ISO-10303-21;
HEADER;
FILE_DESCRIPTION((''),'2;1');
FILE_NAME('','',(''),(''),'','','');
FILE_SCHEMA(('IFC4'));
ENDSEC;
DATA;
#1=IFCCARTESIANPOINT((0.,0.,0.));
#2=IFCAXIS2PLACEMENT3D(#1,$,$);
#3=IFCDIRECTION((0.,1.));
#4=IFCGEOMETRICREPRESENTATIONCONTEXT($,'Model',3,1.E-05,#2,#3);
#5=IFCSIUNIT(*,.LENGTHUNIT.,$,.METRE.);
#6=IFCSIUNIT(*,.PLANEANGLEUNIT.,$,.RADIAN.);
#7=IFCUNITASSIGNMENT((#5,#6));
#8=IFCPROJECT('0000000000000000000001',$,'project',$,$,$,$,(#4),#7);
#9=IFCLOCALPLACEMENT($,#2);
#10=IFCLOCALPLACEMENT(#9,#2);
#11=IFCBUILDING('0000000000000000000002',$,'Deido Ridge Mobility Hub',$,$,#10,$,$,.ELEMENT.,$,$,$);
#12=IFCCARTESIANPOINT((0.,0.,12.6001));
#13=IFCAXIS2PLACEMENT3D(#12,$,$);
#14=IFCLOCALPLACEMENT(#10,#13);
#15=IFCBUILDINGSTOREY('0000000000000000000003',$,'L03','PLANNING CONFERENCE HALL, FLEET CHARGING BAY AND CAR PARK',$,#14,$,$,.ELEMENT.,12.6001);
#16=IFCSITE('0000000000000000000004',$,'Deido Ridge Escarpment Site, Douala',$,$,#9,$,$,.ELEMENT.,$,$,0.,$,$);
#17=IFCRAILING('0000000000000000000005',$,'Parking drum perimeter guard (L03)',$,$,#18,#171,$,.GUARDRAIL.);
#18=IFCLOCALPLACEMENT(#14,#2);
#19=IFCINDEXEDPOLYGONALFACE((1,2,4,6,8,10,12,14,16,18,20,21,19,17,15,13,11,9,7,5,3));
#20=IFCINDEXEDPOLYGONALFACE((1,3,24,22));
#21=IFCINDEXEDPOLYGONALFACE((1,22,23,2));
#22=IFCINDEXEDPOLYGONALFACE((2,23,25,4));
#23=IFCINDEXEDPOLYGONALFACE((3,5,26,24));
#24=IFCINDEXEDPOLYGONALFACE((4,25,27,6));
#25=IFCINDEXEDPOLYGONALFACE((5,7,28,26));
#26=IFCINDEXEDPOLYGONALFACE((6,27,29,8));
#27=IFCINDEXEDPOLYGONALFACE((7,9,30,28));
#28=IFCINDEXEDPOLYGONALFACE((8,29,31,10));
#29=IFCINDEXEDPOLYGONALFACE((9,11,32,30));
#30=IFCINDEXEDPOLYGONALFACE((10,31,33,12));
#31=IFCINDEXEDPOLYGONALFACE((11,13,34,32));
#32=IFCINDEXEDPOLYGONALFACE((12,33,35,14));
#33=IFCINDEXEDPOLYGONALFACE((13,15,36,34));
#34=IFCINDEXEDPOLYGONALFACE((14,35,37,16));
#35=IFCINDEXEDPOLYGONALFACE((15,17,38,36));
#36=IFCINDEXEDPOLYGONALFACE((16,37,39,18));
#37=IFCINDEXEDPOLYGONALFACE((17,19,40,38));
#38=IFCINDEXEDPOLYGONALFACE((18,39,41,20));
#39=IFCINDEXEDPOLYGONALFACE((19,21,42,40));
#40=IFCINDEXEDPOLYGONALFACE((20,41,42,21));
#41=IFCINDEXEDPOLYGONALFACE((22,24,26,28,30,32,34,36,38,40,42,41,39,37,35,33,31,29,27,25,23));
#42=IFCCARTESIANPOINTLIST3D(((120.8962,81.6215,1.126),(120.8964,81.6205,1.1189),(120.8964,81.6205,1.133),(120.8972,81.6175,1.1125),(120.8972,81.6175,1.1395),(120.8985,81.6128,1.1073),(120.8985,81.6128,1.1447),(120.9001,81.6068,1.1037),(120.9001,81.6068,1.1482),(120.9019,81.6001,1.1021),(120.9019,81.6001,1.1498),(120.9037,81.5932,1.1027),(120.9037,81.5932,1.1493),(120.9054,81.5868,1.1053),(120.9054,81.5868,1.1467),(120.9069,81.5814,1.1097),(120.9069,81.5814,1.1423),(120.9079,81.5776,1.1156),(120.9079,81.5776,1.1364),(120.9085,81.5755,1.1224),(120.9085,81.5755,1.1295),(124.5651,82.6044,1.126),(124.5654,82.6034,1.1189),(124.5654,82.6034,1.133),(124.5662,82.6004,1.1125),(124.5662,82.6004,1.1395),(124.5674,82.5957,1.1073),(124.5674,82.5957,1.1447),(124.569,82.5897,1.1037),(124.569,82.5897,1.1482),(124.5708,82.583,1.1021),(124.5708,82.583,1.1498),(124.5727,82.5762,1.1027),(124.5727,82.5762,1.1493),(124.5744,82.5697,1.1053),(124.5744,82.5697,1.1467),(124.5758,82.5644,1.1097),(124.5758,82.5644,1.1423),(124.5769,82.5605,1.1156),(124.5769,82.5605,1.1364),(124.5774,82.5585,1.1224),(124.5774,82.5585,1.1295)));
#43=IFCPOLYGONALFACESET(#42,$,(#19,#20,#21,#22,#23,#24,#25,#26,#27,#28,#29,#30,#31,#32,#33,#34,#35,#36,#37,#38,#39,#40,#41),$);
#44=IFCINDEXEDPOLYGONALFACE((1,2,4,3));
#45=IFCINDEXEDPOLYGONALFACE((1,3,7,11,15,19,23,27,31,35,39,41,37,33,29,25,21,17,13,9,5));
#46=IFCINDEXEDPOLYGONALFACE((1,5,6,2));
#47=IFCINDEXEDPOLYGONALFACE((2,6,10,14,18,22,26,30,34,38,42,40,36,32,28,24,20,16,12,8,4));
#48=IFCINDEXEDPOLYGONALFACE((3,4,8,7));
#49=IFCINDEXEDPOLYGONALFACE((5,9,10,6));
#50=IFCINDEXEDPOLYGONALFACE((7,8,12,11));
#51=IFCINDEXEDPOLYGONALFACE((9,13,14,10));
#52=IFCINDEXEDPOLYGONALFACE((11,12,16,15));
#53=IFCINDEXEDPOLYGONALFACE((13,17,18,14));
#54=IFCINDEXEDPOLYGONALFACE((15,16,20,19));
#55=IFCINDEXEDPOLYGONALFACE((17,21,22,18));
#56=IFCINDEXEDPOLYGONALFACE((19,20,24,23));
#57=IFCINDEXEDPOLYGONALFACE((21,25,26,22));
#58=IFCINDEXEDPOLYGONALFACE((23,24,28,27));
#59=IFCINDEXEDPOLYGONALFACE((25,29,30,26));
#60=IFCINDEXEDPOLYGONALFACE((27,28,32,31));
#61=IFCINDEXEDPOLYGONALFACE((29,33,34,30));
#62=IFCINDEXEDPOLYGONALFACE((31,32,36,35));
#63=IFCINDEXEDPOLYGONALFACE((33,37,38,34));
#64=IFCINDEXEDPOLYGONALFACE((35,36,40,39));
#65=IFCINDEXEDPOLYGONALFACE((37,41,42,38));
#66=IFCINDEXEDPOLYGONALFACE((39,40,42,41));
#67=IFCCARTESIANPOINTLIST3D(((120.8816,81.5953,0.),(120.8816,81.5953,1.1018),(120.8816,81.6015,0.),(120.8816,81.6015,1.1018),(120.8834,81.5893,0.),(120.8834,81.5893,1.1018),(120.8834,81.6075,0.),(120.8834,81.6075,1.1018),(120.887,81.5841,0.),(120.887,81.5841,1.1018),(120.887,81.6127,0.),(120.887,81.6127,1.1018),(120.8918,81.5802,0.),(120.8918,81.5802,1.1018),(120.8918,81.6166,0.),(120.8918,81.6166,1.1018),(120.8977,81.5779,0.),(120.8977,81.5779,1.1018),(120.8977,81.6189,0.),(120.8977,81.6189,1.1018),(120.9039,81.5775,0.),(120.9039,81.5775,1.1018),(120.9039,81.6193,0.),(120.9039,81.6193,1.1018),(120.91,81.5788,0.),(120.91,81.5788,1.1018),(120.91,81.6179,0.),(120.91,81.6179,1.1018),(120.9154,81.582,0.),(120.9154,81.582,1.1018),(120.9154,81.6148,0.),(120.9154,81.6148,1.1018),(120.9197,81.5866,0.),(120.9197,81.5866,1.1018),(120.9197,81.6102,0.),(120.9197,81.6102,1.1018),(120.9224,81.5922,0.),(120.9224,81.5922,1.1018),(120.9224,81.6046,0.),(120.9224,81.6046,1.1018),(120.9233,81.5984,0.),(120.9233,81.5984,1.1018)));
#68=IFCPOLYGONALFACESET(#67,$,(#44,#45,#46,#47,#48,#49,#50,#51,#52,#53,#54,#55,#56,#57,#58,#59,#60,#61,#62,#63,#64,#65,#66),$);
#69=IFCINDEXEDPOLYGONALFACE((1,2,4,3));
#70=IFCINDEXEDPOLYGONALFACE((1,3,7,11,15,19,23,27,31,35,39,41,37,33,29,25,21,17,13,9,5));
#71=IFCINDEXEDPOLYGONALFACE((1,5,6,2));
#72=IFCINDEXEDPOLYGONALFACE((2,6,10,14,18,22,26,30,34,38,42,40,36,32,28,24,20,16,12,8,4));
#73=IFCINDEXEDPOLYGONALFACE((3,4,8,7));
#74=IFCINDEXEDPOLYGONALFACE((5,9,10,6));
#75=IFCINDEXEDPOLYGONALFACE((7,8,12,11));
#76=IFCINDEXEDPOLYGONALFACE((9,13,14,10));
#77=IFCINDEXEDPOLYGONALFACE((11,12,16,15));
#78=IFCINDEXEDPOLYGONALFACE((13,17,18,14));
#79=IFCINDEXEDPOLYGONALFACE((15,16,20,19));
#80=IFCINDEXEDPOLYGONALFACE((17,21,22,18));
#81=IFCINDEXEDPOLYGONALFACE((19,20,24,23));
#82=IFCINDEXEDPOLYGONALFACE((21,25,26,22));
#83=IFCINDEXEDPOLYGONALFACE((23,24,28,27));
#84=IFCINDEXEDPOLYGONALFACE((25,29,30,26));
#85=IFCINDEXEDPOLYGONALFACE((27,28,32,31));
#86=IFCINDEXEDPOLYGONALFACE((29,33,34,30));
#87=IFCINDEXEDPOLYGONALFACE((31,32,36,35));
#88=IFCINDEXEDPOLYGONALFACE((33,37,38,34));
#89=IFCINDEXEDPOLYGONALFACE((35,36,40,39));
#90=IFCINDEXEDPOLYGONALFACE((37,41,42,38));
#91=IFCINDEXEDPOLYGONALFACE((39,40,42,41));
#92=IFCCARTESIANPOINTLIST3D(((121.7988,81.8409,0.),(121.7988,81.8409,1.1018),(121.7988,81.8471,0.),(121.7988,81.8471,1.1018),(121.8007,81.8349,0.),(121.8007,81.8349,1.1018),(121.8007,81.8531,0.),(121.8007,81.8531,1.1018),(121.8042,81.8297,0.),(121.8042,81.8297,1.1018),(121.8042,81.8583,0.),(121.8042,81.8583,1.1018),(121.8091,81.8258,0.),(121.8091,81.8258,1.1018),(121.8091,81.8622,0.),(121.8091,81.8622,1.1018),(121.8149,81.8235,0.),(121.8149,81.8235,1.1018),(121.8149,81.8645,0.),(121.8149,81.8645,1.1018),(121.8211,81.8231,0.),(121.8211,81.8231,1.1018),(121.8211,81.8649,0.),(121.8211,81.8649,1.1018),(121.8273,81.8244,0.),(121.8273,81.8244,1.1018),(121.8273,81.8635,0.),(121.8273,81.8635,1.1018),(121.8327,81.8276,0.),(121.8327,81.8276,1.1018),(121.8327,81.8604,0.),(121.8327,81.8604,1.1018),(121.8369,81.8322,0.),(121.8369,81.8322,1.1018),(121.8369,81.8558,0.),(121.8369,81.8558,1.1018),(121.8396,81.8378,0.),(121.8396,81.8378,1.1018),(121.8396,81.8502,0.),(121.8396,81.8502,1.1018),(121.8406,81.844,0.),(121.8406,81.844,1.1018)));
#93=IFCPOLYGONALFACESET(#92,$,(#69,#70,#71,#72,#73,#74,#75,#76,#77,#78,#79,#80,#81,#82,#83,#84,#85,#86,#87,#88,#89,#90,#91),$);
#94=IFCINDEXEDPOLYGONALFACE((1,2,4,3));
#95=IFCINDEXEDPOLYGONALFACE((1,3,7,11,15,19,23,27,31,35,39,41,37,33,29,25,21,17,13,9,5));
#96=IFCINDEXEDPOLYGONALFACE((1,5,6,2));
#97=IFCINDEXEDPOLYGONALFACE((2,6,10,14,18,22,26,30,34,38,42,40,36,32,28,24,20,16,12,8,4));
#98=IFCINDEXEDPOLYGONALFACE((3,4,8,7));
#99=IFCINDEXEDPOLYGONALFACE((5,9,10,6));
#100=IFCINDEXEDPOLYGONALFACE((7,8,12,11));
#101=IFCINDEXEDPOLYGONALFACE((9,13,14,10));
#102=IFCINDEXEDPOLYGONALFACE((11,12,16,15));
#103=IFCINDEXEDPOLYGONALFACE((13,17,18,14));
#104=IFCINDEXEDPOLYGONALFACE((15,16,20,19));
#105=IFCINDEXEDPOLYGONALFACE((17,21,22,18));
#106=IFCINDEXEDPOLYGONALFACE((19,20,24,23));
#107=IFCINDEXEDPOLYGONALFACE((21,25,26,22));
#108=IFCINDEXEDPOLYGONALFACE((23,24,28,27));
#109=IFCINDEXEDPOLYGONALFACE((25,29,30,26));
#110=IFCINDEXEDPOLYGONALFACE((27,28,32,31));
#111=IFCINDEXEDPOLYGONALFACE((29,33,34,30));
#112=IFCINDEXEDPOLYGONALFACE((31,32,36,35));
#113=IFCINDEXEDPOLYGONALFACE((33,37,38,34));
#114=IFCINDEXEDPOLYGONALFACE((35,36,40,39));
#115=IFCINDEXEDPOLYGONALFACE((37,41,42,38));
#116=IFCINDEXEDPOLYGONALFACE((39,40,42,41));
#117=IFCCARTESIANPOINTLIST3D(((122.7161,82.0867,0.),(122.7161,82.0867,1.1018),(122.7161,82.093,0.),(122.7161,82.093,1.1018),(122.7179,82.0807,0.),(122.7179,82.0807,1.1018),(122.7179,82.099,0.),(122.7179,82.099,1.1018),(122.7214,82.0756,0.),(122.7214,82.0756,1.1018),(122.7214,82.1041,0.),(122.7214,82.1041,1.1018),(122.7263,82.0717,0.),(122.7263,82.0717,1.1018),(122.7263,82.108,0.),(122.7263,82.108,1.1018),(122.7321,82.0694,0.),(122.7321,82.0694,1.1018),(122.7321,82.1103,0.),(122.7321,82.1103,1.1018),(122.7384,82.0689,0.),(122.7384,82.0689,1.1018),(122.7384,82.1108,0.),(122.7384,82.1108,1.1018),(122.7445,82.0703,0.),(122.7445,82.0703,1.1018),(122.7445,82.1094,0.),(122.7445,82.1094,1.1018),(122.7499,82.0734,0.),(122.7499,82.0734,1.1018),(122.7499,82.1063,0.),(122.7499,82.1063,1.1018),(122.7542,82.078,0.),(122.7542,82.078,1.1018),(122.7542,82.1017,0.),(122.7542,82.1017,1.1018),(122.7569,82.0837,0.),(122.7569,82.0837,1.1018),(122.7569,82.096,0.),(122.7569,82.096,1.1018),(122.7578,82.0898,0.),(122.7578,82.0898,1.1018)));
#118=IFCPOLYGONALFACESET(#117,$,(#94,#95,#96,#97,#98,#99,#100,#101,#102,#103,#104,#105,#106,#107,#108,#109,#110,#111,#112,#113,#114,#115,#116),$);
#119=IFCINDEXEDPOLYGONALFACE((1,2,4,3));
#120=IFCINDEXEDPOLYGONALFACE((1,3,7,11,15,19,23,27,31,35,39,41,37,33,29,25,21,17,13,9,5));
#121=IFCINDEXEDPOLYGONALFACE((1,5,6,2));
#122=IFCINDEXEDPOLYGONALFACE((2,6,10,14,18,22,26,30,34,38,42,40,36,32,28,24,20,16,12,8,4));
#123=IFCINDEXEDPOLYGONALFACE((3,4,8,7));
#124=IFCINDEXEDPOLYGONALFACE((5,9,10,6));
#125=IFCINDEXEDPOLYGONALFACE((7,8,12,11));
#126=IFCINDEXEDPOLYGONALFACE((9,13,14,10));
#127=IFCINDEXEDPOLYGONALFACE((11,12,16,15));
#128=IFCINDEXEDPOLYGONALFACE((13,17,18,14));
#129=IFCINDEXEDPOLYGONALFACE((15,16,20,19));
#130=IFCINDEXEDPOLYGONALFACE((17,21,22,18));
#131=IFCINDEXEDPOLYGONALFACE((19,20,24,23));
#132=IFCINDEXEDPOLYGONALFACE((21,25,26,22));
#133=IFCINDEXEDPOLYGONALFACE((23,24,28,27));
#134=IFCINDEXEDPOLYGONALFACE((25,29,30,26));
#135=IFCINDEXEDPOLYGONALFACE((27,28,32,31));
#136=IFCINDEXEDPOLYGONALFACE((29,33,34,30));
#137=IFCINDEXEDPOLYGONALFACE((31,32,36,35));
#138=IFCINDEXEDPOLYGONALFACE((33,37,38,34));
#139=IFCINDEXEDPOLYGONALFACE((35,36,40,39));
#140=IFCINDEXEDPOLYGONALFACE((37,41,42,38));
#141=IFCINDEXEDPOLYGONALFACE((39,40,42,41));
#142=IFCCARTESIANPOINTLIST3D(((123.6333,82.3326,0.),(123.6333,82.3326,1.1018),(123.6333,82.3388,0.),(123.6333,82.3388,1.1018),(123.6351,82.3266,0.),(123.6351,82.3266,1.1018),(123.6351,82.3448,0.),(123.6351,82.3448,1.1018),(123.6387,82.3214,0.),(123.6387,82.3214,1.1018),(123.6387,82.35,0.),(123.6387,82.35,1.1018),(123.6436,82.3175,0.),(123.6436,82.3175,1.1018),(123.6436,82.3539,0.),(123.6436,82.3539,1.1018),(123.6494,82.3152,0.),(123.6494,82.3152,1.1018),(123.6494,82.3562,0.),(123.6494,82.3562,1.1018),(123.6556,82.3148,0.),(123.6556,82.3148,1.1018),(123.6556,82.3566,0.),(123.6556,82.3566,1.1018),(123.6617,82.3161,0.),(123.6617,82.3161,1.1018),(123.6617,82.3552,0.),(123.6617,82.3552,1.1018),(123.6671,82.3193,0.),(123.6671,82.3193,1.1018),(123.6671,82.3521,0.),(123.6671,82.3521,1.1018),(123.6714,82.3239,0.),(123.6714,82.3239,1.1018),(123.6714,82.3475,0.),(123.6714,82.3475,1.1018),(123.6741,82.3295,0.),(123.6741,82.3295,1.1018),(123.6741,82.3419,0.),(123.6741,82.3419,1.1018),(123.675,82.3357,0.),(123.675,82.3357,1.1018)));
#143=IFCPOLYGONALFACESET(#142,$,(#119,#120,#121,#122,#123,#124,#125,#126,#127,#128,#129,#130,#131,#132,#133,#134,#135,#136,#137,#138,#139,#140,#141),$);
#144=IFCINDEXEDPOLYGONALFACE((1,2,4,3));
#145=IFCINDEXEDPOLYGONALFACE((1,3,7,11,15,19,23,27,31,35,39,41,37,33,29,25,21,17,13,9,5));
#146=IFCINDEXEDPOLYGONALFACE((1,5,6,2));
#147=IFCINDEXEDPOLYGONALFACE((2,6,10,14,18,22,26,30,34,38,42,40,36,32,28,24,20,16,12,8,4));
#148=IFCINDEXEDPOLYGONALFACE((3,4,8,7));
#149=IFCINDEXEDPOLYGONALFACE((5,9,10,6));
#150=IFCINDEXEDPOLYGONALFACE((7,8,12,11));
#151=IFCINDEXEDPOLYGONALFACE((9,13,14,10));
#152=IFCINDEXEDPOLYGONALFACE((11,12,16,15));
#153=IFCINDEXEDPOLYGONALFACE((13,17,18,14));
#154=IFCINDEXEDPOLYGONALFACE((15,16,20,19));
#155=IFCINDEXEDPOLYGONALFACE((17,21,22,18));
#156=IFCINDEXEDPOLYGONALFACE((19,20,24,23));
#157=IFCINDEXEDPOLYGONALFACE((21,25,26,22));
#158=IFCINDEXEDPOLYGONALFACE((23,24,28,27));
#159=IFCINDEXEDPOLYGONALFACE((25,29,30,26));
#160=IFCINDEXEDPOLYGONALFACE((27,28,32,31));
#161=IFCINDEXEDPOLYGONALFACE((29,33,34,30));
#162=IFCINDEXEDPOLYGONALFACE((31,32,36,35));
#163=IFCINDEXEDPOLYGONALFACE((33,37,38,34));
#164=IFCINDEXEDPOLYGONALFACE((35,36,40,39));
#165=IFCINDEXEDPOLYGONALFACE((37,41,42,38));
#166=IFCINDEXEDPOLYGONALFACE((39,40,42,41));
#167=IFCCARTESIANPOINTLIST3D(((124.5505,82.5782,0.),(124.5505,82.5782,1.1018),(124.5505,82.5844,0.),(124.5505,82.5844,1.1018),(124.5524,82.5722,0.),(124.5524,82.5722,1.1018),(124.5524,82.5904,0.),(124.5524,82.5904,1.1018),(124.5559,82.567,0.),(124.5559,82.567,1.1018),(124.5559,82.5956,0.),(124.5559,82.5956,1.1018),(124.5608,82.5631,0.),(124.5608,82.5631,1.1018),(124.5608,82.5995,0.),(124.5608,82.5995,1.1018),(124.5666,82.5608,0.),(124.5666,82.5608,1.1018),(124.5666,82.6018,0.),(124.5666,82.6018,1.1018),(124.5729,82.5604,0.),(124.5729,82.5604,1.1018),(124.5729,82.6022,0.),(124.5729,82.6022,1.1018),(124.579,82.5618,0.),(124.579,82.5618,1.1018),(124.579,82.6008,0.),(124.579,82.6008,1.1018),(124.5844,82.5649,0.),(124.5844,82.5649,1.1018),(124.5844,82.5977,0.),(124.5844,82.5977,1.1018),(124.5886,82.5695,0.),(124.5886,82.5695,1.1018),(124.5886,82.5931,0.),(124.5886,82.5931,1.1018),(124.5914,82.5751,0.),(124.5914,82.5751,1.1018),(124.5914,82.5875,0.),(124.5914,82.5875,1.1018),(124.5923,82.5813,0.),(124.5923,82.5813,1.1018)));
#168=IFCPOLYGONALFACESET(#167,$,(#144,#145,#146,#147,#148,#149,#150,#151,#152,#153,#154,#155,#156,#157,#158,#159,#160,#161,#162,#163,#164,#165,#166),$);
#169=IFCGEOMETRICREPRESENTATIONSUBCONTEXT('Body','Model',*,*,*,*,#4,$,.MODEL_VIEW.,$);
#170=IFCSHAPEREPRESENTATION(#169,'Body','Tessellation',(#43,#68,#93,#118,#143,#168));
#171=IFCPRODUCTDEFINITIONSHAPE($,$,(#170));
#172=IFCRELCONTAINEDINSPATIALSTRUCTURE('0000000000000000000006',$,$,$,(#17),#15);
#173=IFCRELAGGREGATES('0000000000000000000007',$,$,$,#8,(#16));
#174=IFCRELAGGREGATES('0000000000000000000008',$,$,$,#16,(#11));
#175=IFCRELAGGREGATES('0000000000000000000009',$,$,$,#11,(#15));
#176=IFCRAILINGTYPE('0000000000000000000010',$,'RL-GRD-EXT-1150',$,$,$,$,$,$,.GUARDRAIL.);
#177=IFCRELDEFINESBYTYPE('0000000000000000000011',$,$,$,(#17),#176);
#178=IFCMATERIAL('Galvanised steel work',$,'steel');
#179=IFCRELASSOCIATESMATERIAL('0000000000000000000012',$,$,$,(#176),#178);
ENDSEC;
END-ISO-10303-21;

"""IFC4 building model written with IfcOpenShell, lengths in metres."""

from ifc_helpers import new_model, si_unit, direction, frame, origin, origin_2d, place, context, subcontext, project, spatial, circle, extrude, material, type_object, element, save


model = new_model("IFC4")

# Units and contexts
model_context = context("Model", 3, precision=1e-05, world=origin(), true_north=direction((0.0, 1.0)))
body_context = subcontext(model_context, "Body", "Model", "MODEL_VIEW")
ifc_project = project(units=[si_unit("LENGTHUNIT", "METRE"), si_unit("PLANEANGLEUNIT", "RADIAN")], contexts=[model_context])

# Site, building, storey
site_placement = place(None, origin())
site = spatial("IfcSite", under=ifc_project, at=site_placement, Name="Deido Ridge Escarpment Site, Douala", CompositionType="ELEMENT", RefElevation=0.0)
building_placement = place(site_placement, origin())
building = spatial("IfcBuilding", under=site, at=building_placement, Name="Deido Ridge Mobility Hub", CompositionType="ELEMENT")
storey_placement = place(building_placement, frame((0.0, 0.0, 12.6001)))
storey = spatial("IfcBuildingStorey", under=building, at=storey_placement, Name="L03", Description="PLANNING CONFERENCE HALL, FLEET CHARGING BAY AND CAR PARK", CompositionType="ELEMENT", Elevation=12.6001)

# Railing
ifc_material_1 = material(Name="Galvanised steel work", Category="steel")
railing_type = type_object("IfcRailingType", Name="RL-GRD-EXT-1150", PredefinedType="GUARDRAIL", material=ifc_material_1)
railing_1_placement = place(storey_placement, frame((120.9023, 81.5984, 0.0)))
element("IfcRailing", 1, at=railing_1_placement, inside=storey, type_object=railing_type, Name="Parking drum perimeter guard (L03)", PredefinedType="GUARDRAIL", context=body_context, shape_type="SweptSolid", body=[
    extrude(circle(Radius=0.0239, at=origin_2d()), frame((0.0, 0.0, 1.126), z_axis=(0.965938, 0.258775, 0.0), x_axis=(-0.258775, 0.965938, 0.0)), (0.0, 0.0, 1.0), 3.7983),
    extrude(circle(Radius=0.021, at=origin_2d()), origin(), (0.0, 0.0, 1.0), 1.1018),
    extrude(circle(Radius=0.021, at=origin_2d()), frame((0.9172, 0.2456, 0.0)), (0.0, 0.0, 1.0), 1.1018),
    extrude(circle(Radius=0.021, at=origin_2d()), frame((1.8345, 0.4915, 0.0)), (0.0, 0.0, 1.0), 1.1018),
    extrude(circle(Radius=0.021, at=origin_2d()), frame((2.7517, 0.7373, 0.0)), (0.0, 0.0, 1.0), 1.1018),
    extrude(circle(Radius=0.021, at=origin_2d()), frame((3.6689, 0.9829, 0.0)), (0.0, 0.0, 1.0), 1.1018),
])

save(model, "model.ifc")
